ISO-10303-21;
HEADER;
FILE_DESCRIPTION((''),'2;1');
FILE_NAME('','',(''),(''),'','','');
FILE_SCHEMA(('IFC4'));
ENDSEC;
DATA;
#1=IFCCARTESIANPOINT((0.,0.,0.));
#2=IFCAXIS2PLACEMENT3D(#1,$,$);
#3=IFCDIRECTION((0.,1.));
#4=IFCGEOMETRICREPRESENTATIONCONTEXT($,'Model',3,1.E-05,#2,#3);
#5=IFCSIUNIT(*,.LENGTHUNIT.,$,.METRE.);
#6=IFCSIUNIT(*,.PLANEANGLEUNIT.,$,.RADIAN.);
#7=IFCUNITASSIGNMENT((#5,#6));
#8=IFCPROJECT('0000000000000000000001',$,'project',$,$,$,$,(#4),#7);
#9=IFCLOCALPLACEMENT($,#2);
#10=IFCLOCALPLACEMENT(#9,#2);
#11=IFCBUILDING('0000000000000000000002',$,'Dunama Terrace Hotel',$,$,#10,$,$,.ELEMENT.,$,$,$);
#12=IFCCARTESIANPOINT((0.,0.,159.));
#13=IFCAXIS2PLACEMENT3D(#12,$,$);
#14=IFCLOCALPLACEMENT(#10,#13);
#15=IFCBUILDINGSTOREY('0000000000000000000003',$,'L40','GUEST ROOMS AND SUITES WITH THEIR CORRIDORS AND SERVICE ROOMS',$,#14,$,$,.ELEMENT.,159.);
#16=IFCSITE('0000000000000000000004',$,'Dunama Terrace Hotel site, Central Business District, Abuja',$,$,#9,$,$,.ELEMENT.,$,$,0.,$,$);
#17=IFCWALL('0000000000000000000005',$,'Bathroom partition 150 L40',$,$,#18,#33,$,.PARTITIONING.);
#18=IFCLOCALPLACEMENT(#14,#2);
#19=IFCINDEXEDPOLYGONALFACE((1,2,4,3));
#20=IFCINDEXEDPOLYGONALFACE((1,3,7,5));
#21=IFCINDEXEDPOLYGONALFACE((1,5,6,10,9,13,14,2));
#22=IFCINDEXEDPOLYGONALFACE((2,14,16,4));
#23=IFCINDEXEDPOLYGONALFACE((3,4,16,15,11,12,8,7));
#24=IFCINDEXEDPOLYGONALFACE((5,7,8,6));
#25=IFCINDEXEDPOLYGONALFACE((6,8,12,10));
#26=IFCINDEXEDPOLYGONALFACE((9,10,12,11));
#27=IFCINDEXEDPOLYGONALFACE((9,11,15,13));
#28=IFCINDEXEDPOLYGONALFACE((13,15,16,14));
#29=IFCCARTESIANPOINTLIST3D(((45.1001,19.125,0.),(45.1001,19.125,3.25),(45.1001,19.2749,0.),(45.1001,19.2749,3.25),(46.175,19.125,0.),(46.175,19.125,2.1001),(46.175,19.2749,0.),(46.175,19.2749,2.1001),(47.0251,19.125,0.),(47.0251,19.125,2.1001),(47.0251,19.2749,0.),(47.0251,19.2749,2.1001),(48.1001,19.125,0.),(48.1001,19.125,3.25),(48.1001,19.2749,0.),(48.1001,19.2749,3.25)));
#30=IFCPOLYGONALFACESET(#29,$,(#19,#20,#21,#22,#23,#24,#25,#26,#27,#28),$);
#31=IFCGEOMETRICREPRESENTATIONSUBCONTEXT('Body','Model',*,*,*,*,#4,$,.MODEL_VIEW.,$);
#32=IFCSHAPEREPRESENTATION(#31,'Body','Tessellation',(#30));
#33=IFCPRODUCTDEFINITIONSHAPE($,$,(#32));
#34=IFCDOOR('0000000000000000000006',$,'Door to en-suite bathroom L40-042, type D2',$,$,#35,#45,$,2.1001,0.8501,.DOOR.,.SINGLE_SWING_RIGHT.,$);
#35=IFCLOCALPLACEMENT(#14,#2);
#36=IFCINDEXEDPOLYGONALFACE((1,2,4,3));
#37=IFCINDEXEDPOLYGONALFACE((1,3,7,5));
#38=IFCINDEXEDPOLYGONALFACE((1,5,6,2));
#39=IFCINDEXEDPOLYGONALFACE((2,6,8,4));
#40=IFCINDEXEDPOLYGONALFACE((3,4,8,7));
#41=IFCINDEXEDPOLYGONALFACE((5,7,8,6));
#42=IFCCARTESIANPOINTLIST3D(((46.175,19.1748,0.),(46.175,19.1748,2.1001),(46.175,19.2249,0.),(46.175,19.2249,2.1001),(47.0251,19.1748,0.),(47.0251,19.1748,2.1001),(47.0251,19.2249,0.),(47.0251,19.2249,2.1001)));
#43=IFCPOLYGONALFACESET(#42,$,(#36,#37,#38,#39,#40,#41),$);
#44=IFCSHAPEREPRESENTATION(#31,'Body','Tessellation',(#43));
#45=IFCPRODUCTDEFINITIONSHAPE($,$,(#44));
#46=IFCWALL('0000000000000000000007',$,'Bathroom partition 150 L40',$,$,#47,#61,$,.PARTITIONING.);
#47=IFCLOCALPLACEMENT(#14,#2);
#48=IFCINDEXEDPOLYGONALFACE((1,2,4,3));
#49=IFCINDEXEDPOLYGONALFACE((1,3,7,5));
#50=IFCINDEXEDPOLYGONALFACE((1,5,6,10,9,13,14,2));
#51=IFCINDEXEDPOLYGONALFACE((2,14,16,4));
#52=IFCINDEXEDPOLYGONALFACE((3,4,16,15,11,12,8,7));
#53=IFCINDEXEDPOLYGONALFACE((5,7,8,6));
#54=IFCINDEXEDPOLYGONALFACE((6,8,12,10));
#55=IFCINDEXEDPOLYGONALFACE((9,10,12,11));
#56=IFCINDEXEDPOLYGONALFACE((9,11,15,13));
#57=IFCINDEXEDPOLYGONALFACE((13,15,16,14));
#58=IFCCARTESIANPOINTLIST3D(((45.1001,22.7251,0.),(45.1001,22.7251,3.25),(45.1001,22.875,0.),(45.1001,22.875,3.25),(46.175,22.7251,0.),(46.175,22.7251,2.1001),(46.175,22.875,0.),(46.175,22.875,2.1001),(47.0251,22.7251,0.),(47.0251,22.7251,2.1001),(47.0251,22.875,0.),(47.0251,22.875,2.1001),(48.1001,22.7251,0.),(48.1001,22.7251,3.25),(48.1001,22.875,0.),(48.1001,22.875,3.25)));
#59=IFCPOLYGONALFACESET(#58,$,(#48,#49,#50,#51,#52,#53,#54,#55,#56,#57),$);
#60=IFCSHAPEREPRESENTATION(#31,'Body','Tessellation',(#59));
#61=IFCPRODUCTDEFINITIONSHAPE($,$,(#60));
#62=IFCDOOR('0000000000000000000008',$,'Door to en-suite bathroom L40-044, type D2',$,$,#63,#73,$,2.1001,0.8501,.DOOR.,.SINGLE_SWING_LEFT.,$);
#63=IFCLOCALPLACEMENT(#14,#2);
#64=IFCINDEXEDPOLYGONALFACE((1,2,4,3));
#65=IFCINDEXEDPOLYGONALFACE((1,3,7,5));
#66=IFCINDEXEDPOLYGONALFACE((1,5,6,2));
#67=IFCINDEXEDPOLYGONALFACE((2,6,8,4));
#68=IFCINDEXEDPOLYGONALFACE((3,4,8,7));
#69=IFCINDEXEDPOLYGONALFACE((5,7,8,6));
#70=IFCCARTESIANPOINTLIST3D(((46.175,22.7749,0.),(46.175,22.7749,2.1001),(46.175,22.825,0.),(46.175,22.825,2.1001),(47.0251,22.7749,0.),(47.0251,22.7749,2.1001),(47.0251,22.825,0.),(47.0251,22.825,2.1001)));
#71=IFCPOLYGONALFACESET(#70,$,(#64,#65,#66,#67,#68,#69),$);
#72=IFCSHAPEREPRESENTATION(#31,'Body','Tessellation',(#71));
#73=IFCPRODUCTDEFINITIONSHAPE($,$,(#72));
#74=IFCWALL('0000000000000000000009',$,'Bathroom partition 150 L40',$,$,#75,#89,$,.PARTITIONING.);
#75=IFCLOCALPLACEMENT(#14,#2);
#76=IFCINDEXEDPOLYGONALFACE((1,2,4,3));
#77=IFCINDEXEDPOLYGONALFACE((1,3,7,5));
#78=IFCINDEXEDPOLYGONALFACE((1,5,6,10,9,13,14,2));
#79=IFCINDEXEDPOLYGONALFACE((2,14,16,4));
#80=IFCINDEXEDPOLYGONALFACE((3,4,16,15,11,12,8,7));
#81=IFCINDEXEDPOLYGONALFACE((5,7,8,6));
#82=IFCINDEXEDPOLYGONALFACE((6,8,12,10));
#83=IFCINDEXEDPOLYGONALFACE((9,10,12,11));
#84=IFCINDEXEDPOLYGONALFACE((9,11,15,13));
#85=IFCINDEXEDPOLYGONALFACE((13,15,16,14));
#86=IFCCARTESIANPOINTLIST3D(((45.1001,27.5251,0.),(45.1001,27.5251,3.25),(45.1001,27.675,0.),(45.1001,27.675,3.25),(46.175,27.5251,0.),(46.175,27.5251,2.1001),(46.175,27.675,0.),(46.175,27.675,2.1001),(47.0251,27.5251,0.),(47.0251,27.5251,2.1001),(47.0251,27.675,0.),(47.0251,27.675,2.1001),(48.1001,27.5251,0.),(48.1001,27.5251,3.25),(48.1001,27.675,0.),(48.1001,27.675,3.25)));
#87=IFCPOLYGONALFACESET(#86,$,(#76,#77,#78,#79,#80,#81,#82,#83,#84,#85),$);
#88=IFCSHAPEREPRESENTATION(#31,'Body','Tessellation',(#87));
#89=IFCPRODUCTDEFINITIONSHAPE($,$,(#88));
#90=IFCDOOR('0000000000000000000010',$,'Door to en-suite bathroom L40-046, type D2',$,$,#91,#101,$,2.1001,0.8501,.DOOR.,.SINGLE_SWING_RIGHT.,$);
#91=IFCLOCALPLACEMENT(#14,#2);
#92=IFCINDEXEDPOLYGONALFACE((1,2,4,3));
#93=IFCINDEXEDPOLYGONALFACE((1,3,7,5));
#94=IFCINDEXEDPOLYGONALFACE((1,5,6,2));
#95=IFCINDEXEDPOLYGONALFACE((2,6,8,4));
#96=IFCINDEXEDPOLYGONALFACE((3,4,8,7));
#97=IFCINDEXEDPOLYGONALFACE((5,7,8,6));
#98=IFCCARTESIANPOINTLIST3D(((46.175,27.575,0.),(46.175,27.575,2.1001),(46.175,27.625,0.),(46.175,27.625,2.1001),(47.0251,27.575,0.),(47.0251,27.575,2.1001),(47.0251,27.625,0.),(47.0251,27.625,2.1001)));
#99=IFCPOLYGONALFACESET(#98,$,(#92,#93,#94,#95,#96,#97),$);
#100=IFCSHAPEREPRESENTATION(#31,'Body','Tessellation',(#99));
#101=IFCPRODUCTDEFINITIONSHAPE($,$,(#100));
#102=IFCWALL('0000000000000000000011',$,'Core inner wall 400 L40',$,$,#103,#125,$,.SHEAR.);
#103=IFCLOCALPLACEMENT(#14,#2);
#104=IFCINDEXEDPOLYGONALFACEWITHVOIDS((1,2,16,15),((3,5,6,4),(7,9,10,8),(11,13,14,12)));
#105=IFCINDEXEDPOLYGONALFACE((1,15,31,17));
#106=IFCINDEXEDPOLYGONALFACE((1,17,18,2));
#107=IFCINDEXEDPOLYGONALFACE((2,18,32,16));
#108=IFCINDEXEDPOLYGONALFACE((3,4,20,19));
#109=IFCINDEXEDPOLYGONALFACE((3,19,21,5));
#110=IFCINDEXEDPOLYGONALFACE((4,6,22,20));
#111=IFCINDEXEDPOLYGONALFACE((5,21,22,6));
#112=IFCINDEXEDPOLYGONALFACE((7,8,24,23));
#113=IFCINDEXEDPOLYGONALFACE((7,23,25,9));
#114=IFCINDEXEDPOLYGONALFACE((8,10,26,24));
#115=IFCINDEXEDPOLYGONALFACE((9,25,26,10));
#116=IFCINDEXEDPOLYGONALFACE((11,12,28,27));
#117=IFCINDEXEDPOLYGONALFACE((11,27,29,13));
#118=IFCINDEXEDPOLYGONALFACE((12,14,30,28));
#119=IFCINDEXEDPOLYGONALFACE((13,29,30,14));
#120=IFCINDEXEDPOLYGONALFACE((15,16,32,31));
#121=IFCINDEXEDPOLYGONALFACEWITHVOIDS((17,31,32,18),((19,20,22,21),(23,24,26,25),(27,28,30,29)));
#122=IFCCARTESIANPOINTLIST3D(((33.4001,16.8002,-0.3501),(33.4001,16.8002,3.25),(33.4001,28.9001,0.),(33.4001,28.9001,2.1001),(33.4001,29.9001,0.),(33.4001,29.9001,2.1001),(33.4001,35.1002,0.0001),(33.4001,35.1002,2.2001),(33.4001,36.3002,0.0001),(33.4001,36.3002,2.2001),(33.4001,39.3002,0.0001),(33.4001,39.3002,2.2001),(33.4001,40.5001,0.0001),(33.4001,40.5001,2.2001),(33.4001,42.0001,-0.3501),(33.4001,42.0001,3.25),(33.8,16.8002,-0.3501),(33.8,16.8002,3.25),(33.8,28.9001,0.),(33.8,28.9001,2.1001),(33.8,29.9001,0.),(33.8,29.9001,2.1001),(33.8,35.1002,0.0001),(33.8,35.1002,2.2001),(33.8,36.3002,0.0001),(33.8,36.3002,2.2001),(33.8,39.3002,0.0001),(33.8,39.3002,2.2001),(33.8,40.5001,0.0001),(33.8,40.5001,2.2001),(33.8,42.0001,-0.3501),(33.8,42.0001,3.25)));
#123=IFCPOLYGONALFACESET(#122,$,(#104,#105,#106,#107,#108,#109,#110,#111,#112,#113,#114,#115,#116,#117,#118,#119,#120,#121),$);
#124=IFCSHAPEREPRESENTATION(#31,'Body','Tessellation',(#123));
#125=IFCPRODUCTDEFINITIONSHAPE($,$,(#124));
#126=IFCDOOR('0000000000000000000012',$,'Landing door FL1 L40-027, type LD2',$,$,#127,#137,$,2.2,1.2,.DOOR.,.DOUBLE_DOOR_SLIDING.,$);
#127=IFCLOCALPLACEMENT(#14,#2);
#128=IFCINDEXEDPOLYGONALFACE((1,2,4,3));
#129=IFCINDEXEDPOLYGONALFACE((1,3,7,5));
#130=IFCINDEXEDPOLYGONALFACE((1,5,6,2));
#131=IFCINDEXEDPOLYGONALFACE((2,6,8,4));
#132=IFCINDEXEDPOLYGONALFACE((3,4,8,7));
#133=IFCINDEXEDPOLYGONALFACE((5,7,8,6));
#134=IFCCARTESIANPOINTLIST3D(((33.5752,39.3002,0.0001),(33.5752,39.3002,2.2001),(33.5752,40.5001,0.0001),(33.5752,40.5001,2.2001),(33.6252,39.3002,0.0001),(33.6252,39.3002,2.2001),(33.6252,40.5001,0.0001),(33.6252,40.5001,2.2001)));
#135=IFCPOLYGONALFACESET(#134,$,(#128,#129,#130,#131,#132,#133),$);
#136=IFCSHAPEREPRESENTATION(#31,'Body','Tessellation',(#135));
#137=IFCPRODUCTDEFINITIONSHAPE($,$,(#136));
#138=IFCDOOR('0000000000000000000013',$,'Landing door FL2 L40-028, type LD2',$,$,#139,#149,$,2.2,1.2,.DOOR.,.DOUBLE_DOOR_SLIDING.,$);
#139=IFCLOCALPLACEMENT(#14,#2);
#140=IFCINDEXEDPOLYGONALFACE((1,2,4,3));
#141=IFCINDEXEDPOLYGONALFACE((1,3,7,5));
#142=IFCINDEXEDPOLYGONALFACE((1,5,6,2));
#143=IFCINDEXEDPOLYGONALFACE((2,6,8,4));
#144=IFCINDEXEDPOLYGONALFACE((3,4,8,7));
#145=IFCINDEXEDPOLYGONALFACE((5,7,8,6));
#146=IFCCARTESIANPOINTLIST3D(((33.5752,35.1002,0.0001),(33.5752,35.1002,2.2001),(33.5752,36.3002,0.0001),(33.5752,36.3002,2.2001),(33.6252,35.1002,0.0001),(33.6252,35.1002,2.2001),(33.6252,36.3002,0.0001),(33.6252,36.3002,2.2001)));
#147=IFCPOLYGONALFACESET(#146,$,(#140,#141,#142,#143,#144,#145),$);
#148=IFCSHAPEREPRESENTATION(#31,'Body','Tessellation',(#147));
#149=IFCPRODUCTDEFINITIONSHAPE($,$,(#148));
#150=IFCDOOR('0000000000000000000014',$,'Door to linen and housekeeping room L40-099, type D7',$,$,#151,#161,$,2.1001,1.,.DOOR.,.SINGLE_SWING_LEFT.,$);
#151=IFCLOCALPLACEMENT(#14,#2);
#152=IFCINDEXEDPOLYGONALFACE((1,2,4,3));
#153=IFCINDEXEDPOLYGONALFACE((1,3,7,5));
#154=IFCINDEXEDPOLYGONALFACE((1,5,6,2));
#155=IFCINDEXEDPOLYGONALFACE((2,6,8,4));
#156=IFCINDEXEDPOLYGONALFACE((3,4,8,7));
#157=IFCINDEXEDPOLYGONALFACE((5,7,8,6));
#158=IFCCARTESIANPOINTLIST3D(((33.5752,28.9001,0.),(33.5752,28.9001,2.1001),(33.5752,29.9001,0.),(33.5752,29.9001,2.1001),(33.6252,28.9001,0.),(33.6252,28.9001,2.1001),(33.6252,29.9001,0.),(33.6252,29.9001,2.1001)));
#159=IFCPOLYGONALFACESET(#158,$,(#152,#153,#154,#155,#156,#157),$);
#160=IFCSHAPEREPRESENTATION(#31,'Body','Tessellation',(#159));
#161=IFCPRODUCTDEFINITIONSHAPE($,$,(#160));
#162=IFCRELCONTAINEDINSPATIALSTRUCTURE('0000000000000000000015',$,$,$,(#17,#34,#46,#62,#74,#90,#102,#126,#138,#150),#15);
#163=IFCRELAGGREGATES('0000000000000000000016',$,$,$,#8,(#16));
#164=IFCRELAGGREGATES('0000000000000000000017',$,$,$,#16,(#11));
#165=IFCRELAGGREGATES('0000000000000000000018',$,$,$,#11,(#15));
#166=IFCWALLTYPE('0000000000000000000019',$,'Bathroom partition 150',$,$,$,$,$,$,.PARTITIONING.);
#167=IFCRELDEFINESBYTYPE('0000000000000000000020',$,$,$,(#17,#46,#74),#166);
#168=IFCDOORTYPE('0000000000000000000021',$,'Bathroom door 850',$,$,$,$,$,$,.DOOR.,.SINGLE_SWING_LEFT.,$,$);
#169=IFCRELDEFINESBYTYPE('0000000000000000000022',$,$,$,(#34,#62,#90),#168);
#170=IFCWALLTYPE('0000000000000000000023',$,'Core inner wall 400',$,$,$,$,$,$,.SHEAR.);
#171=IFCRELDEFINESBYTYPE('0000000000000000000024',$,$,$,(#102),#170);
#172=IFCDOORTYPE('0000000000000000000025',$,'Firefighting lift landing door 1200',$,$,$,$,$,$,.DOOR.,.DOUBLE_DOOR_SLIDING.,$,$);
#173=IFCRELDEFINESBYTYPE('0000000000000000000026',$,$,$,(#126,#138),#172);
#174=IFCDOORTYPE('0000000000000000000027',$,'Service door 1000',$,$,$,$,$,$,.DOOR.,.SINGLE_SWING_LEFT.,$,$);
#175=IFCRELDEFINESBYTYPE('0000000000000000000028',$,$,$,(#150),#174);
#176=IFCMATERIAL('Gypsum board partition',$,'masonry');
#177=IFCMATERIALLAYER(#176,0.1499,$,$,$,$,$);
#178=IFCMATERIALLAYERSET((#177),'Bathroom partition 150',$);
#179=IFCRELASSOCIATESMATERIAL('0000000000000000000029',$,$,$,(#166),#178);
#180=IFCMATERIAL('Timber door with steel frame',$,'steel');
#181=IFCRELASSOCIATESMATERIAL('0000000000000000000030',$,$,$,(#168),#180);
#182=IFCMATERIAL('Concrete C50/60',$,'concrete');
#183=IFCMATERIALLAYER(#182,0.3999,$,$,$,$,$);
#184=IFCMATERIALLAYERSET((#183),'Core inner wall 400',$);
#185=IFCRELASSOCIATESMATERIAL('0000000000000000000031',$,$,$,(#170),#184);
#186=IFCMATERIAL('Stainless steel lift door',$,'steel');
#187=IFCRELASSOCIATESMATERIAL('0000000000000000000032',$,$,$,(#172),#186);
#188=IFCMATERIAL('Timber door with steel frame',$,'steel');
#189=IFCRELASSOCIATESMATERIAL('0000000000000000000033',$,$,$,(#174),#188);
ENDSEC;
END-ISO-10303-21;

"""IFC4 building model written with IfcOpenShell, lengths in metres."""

from ifc_helpers import new_model, si_unit, direction, frame, frame_2d, origin, place, context, subcontext, project, spatial, rectangle, extrude, material, layer, layer_set, type_object, element, fill, save


model = new_model("IFC4")

# Units and contexts
model_context = context("Model", 3, precision=1e-05, world=origin(), true_north=direction((0.0, 1.0)))
body_context = subcontext(model_context, "Body", "Model", "MODEL_VIEW")
ifc_project = project(units=[si_unit("LENGTHUNIT", "METRE"), si_unit("PLANEANGLEUNIT", "RADIAN")], contexts=[model_context])

# Site, building, storey
site_placement = place(None, origin())
site = spatial("IfcSite", under=ifc_project, at=site_placement, Name="Dunama Terrace Hotel site, Central Business District, Abuja", CompositionType="ELEMENT", RefElevation=0.0)
building_placement = place(site_placement, origin())
building = spatial("IfcBuilding", under=site, at=building_placement, Name="Dunama Terrace Hotel", CompositionType="ELEMENT")
storey_placement = place(building_placement, frame((0.0, 0.0, 159.0)))
storey = spatial("IfcBuildingStorey", under=building, at=storey_placement, Name="L40", Description="GUEST ROOMS AND SUITES WITH THEIR CORRIDORS AND SERVICE ROOMS", CompositionType="ELEMENT", Elevation=159.0)

# Walls, openings, doors
ifc_material_1 = material(Name="Gypsum board partition", Category="masonry")
ifc_layer_1 = layer(ifc_material_1, 0.1499)
ifc_layer_set_1 = layer_set([ifc_layer_1], Name="Bathroom partition 150")
wall_type_1 = type_object("IfcWallType", Name="Bathroom partition 150", PredefinedType="PARTITIONING", material=ifc_layer_set_1)
wall_1_placement = place(storey_placement, frame((45.1001, 19.2, 0.0), z_axis=(0.0, 0.0, 1.0), x_axis=(1.0, 0.0, 0.0)))
wall_1 = element("IfcWall", 1, at=wall_1_placement, inside=storey, type_object=wall_type_1, Name="Bathroom partition 150 L40", PredefinedType="PARTITIONING", context=body_context, shape_type="SweptSolid", body=[
    extrude(rectangle(XDim=3.0, YDim=0.1499, at=frame_2d((1.5, 0.0))), origin(), (0.0, 0.0, 1.0), 3.25),
])
opening_1_placement = place(wall_1_placement, frame((1.075, 0.0, 0.0)))
opening_1 = element("IfcOpeningElement", 2, at=opening_1_placement, cuts=wall_1, PredefinedType="OPENING", context=body_context, shape_type="SweptSolid", body=[
    extrude(rectangle(XDim=0.8501, YDim=2.1001, at=frame_2d((0.425, 1.05))), frame((0.0, 0.085, 0.0), z_axis=(0.0, -1.0, 0.0), x_axis=(1.0, 0.0, 0.0)), (0.0, 0.0, 1.0), 0.1699),
])
ifc_material_2 = material(Name="Timber door with steel frame", Category="steel")
door_type_1 = type_object("IfcDoorType", Name="Bathroom door 850", OperationType="SINGLE_SWING_LEFT", PredefinedType="DOOR", material=ifc_material_2)
door_1_placement = place(opening_1_placement, frame((0.8501, 0.0, 0.0), z_axis=(0.0, 0.0, 1.0), x_axis=(-1.0, 0.0, 0.0)))
door_1 = element("IfcDoor", 3, at=door_1_placement, inside=storey, type_object=door_type_1, Name="Door to en-suite bathroom L40-042, type D2", OperationType="SINGLE_SWING_RIGHT", OverallHeight=2.1001, OverallWidth=0.8501, PredefinedType="DOOR", context=body_context, shape_type="SweptSolid", body=[
    extrude(rectangle(XDim=0.8501, YDim=2.1001, at=frame_2d((0.425, 1.05))), frame((0.0, 0.0251, 0.0), z_axis=(0.0, -1.0, 0.0), x_axis=(1.0, 0.0, 0.0)), (0.0, 0.0, 1.0), 0.05),
])
fill(opening_1, door_1)
wall_2_placement = place(storey_placement, frame((45.1001, 22.8, 0.0), z_axis=(0.0, 0.0, 1.0), x_axis=(1.0, 0.0, 0.0)))
wall_2 = element("IfcWall", 4, at=wall_2_placement, inside=storey, type_object=wall_type_1, Name="Bathroom partition 150 L40", PredefinedType="PARTITIONING", context=body_context, shape_type="SweptSolid", body=[
    extrude(rectangle(XDim=3.0, YDim=0.1499, at=frame_2d((1.5, 0.0))), origin(), (0.0, 0.0, 1.0), 3.25),
])
opening_2_placement = place(wall_2_placement, frame((1.075, 0.0, 0.0)))
opening_2 = element("IfcOpeningElement", 5, at=opening_2_placement, cuts=wall_2, PredefinedType="OPENING", context=body_context, shape_type="SweptSolid", body=[
    extrude(rectangle(XDim=0.8501, YDim=2.1001, at=frame_2d((0.425, 1.05))), frame((0.0, 0.085, 0.0), z_axis=(0.0, -1.0, 0.0), x_axis=(1.0, 0.0, 0.0)), (0.0, 0.0, 1.0), 0.1699),
])
door_2_placement = place(opening_2_placement, origin())
door_2 = element("IfcDoor", 6, at=door_2_placement, inside=storey, type_object=door_type_1, Name="Door to en-suite bathroom L40-044, type D2", OperationType="SINGLE_SWING_LEFT", OverallHeight=2.1001, OverallWidth=0.8501, PredefinedType="DOOR", context=body_context, shape_type="SweptSolid", body=[
    extrude(rectangle(XDim=0.8501, YDim=2.1001, at=frame_2d((0.425, 1.05))), frame((0.0, 0.0249, 0.0), z_axis=(0.0, -1.0, 0.0), x_axis=(1.0, 0.0, 0.0)), (0.0, 0.0, 1.0), 0.05),
])
fill(opening_2, door_2)
wall_3_placement = place(storey_placement, frame((45.1001, 27.6001, 0.0), z_axis=(0.0, 0.0, 1.0), x_axis=(1.0, 0.0, 0.0)))
wall_3 = element("IfcWall", 7, at=wall_3_placement, inside=storey, type_object=wall_type_1, Name="Bathroom partition 150 L40", PredefinedType="PARTITIONING", context=body_context, shape_type="SweptSolid", body=[
    extrude(rectangle(XDim=3.0, YDim=0.1499, at=frame_2d((1.5, 0.0))), origin(), (0.0, 0.0, 1.0), 3.25),
])
opening_3_placement = place(wall_3_placement, frame((1.075, 0.0, 0.0)))
opening_3 = element("IfcOpeningElement", 8, at=opening_3_placement, cuts=wall_3, PredefinedType="OPENING", context=body_context, shape_type="SweptSolid", body=[
    extrude(rectangle(XDim=0.8501, YDim=2.1001, at=frame_2d((0.425, 1.05))), frame((0.0, 0.085, 0.0), z_axis=(0.0, -1.0, 0.0), x_axis=(1.0, 0.0, 0.0)), (0.0, 0.0, 1.0), 0.1699),
])
door_3_placement = place(opening_3_placement, frame((0.8501, 0.0, 0.0), z_axis=(0.0, 0.0, 1.0), x_axis=(-1.0, 0.0, 0.0)))
door_3 = element("IfcDoor", 9, at=door_3_placement, inside=storey, type_object=door_type_1, Name="Door to en-suite bathroom L40-046, type D2", OperationType="SINGLE_SWING_RIGHT", OverallHeight=2.1001, OverallWidth=0.8501, PredefinedType="DOOR", context=body_context, shape_type="SweptSolid", body=[
    extrude(rectangle(XDim=0.8501, YDim=2.1001, at=frame_2d((0.425, 1.05))), frame((0.0, 0.0251, 0.0), z_axis=(0.0, -1.0, 0.0), x_axis=(1.0, 0.0, 0.0)), (0.0, 0.0, 1.0), 0.05),
])
fill(opening_3, door_3)

# Wall, openings, doors
ifc_material_3 = material(Name="Concrete C50/60", Category="concrete")
ifc_layer_2 = layer(ifc_material_3, 0.3999)
ifc_layer_set_2 = layer_set([ifc_layer_2], Name="Core inner wall 400")
wall_type_2 = type_object("IfcWallType", Name="Core inner wall 400", PredefinedType="SHEAR", material=ifc_layer_set_2)
wall_4_placement = place(storey_placement, frame((33.6001, 16.8, -0.3501), z_axis=(0.0, 0.0, 1.0), x_axis=(0.0, 1.0, 0.0)))
wall_4 = element("IfcWall", 10, at=wall_4_placement, inside=storey, type_object=wall_type_2, Name="Core inner wall 400 L40", PredefinedType="SHEAR", context=body_context, shape_type="SweptSolid", body=[
    extrude(rectangle(XDim=25.2, YDim=0.3999, at=frame_2d((12.6001, 0.0))), origin(), (0.0, 0.0, 1.0), 3.6001),
])
opening_4_placement = place(wall_4_placement, frame((22.5, 0.0, 0.3501)))
opening_4 = element("IfcOpeningElement", 11, at=opening_4_placement, cuts=wall_4, PredefinedType="OPENING", context=body_context, shape_type="SweptSolid", body=[
    extrude(rectangle(XDim=1.2, YDim=2.2, at=frame_2d((0.6001, 1.1001))), frame((0.0, 0.21, 0.0), z_axis=(0.0, -1.0, 0.0), x_axis=(1.0, 0.0, 0.0)), (0.0, 0.0, 1.0), 0.4199),
])
opening_5_placement = place(wall_4_placement, frame((18.3, 0.0, 0.3501)))
opening_5 = element("IfcOpeningElement", 12, at=opening_5_placement, cuts=wall_4, PredefinedType="OPENING", context=body_context, shape_type="SweptSolid", body=[
    extrude(rectangle(XDim=1.2, YDim=2.2, at=frame_2d((0.6001, 1.1001))), frame((0.0, 0.21, 0.0), z_axis=(0.0, -1.0, 0.0), x_axis=(1.0, 0.0, 0.0)), (0.0, 0.0, 1.0), 0.4199),
])
opening_6_placement = place(wall_4_placement, frame((12.1001, 0.0, 0.3501)))
opening_6 = element("IfcOpeningElement", 13, at=opening_6_placement, cuts=wall_4, PredefinedType="OPENING", context=body_context, shape_type="SweptSolid", body=[
    extrude(rectangle(XDim=1.0, YDim=2.1001, at=frame_2d((0.5, 1.05))), frame((0.0, 0.21, 0.0), z_axis=(0.0, -1.0, 0.0), x_axis=(1.0, 0.0, 0.0)), (0.0, 0.0, 1.0), 0.4199),
])
ifc_material_4 = material(Name="Stainless steel lift door", Category="steel")
door_type_2 = type_object("IfcDoorType", Name="Firefighting lift landing door 1200", OperationType="DOUBLE_DOOR_SLIDING", PredefinedType="DOOR", material=ifc_material_4)
door_4_placement = place(opening_4_placement, origin())
door_4 = element("IfcDoor", 14, at=door_4_placement, inside=storey, type_object=door_type_2, Name="Landing door FL1 L40-027, type LD2", OperationType="DOUBLE_DOOR_SLIDING", OverallHeight=2.2, OverallWidth=1.2, PredefinedType="DOOR", context=body_context, shape_type="SweptSolid", body=[
    extrude(rectangle(XDim=1.2, YDim=2.2, at=frame_2d((0.6001, 1.1001))), frame((0.0, 0.0249, 0.0), z_axis=(0.0, -1.0, 0.0), x_axis=(1.0, 0.0, 0.0)), (0.0, 0.0, 1.0), 0.05),
])
fill(opening_4, door_4)
door_5_placement = place(opening_5_placement, origin())
door_5 = element("IfcDoor", 15, at=door_5_placement, inside=storey, type_object=door_type_2, Name="Landing door FL2 L40-028, type LD2", OperationType="DOUBLE_DOOR_SLIDING", OverallHeight=2.2, OverallWidth=1.2, PredefinedType="DOOR", context=body_context, shape_type="SweptSolid", body=[
    extrude(rectangle(XDim=1.2, YDim=2.2, at=frame_2d((0.6001, 1.1001))), frame((0.0, 0.0249, 0.0), z_axis=(0.0, -1.0, 0.0), x_axis=(1.0, 0.0, 0.0)), (0.0, 0.0, 1.0), 0.05),
])
fill(opening_5, door_5)
ifc_material_5 = material(Name="Timber door with steel frame", Category="steel")
door_type_3 = type_object("IfcDoorType", Name="Service door 1000", OperationType="SINGLE_SWING_LEFT", PredefinedType="DOOR", material=ifc_material_5)
door_6_placement = place(opening_6_placement, origin())
door_6 = element("IfcDoor", 16, at=door_6_placement, inside=storey, type_object=door_type_3, Name="Door to linen and housekeeping room L40-099, type D7", OperationType="SINGLE_SWING_LEFT", OverallHeight=2.1001, OverallWidth=1.0, PredefinedType="DOOR", context=body_context, shape_type="SweptSolid", body=[
    extrude(rectangle(XDim=1.0, YDim=2.1001, at=frame_2d((0.5, 1.05))), frame((0.0, 0.0249, 0.0), z_axis=(0.0, -1.0, 0.0), x_axis=(1.0, 0.0, 0.0)), (0.0, 0.0, 1.0), 0.05),
])
fill(opening_6, door_6)

save(model, "model.ifc")
